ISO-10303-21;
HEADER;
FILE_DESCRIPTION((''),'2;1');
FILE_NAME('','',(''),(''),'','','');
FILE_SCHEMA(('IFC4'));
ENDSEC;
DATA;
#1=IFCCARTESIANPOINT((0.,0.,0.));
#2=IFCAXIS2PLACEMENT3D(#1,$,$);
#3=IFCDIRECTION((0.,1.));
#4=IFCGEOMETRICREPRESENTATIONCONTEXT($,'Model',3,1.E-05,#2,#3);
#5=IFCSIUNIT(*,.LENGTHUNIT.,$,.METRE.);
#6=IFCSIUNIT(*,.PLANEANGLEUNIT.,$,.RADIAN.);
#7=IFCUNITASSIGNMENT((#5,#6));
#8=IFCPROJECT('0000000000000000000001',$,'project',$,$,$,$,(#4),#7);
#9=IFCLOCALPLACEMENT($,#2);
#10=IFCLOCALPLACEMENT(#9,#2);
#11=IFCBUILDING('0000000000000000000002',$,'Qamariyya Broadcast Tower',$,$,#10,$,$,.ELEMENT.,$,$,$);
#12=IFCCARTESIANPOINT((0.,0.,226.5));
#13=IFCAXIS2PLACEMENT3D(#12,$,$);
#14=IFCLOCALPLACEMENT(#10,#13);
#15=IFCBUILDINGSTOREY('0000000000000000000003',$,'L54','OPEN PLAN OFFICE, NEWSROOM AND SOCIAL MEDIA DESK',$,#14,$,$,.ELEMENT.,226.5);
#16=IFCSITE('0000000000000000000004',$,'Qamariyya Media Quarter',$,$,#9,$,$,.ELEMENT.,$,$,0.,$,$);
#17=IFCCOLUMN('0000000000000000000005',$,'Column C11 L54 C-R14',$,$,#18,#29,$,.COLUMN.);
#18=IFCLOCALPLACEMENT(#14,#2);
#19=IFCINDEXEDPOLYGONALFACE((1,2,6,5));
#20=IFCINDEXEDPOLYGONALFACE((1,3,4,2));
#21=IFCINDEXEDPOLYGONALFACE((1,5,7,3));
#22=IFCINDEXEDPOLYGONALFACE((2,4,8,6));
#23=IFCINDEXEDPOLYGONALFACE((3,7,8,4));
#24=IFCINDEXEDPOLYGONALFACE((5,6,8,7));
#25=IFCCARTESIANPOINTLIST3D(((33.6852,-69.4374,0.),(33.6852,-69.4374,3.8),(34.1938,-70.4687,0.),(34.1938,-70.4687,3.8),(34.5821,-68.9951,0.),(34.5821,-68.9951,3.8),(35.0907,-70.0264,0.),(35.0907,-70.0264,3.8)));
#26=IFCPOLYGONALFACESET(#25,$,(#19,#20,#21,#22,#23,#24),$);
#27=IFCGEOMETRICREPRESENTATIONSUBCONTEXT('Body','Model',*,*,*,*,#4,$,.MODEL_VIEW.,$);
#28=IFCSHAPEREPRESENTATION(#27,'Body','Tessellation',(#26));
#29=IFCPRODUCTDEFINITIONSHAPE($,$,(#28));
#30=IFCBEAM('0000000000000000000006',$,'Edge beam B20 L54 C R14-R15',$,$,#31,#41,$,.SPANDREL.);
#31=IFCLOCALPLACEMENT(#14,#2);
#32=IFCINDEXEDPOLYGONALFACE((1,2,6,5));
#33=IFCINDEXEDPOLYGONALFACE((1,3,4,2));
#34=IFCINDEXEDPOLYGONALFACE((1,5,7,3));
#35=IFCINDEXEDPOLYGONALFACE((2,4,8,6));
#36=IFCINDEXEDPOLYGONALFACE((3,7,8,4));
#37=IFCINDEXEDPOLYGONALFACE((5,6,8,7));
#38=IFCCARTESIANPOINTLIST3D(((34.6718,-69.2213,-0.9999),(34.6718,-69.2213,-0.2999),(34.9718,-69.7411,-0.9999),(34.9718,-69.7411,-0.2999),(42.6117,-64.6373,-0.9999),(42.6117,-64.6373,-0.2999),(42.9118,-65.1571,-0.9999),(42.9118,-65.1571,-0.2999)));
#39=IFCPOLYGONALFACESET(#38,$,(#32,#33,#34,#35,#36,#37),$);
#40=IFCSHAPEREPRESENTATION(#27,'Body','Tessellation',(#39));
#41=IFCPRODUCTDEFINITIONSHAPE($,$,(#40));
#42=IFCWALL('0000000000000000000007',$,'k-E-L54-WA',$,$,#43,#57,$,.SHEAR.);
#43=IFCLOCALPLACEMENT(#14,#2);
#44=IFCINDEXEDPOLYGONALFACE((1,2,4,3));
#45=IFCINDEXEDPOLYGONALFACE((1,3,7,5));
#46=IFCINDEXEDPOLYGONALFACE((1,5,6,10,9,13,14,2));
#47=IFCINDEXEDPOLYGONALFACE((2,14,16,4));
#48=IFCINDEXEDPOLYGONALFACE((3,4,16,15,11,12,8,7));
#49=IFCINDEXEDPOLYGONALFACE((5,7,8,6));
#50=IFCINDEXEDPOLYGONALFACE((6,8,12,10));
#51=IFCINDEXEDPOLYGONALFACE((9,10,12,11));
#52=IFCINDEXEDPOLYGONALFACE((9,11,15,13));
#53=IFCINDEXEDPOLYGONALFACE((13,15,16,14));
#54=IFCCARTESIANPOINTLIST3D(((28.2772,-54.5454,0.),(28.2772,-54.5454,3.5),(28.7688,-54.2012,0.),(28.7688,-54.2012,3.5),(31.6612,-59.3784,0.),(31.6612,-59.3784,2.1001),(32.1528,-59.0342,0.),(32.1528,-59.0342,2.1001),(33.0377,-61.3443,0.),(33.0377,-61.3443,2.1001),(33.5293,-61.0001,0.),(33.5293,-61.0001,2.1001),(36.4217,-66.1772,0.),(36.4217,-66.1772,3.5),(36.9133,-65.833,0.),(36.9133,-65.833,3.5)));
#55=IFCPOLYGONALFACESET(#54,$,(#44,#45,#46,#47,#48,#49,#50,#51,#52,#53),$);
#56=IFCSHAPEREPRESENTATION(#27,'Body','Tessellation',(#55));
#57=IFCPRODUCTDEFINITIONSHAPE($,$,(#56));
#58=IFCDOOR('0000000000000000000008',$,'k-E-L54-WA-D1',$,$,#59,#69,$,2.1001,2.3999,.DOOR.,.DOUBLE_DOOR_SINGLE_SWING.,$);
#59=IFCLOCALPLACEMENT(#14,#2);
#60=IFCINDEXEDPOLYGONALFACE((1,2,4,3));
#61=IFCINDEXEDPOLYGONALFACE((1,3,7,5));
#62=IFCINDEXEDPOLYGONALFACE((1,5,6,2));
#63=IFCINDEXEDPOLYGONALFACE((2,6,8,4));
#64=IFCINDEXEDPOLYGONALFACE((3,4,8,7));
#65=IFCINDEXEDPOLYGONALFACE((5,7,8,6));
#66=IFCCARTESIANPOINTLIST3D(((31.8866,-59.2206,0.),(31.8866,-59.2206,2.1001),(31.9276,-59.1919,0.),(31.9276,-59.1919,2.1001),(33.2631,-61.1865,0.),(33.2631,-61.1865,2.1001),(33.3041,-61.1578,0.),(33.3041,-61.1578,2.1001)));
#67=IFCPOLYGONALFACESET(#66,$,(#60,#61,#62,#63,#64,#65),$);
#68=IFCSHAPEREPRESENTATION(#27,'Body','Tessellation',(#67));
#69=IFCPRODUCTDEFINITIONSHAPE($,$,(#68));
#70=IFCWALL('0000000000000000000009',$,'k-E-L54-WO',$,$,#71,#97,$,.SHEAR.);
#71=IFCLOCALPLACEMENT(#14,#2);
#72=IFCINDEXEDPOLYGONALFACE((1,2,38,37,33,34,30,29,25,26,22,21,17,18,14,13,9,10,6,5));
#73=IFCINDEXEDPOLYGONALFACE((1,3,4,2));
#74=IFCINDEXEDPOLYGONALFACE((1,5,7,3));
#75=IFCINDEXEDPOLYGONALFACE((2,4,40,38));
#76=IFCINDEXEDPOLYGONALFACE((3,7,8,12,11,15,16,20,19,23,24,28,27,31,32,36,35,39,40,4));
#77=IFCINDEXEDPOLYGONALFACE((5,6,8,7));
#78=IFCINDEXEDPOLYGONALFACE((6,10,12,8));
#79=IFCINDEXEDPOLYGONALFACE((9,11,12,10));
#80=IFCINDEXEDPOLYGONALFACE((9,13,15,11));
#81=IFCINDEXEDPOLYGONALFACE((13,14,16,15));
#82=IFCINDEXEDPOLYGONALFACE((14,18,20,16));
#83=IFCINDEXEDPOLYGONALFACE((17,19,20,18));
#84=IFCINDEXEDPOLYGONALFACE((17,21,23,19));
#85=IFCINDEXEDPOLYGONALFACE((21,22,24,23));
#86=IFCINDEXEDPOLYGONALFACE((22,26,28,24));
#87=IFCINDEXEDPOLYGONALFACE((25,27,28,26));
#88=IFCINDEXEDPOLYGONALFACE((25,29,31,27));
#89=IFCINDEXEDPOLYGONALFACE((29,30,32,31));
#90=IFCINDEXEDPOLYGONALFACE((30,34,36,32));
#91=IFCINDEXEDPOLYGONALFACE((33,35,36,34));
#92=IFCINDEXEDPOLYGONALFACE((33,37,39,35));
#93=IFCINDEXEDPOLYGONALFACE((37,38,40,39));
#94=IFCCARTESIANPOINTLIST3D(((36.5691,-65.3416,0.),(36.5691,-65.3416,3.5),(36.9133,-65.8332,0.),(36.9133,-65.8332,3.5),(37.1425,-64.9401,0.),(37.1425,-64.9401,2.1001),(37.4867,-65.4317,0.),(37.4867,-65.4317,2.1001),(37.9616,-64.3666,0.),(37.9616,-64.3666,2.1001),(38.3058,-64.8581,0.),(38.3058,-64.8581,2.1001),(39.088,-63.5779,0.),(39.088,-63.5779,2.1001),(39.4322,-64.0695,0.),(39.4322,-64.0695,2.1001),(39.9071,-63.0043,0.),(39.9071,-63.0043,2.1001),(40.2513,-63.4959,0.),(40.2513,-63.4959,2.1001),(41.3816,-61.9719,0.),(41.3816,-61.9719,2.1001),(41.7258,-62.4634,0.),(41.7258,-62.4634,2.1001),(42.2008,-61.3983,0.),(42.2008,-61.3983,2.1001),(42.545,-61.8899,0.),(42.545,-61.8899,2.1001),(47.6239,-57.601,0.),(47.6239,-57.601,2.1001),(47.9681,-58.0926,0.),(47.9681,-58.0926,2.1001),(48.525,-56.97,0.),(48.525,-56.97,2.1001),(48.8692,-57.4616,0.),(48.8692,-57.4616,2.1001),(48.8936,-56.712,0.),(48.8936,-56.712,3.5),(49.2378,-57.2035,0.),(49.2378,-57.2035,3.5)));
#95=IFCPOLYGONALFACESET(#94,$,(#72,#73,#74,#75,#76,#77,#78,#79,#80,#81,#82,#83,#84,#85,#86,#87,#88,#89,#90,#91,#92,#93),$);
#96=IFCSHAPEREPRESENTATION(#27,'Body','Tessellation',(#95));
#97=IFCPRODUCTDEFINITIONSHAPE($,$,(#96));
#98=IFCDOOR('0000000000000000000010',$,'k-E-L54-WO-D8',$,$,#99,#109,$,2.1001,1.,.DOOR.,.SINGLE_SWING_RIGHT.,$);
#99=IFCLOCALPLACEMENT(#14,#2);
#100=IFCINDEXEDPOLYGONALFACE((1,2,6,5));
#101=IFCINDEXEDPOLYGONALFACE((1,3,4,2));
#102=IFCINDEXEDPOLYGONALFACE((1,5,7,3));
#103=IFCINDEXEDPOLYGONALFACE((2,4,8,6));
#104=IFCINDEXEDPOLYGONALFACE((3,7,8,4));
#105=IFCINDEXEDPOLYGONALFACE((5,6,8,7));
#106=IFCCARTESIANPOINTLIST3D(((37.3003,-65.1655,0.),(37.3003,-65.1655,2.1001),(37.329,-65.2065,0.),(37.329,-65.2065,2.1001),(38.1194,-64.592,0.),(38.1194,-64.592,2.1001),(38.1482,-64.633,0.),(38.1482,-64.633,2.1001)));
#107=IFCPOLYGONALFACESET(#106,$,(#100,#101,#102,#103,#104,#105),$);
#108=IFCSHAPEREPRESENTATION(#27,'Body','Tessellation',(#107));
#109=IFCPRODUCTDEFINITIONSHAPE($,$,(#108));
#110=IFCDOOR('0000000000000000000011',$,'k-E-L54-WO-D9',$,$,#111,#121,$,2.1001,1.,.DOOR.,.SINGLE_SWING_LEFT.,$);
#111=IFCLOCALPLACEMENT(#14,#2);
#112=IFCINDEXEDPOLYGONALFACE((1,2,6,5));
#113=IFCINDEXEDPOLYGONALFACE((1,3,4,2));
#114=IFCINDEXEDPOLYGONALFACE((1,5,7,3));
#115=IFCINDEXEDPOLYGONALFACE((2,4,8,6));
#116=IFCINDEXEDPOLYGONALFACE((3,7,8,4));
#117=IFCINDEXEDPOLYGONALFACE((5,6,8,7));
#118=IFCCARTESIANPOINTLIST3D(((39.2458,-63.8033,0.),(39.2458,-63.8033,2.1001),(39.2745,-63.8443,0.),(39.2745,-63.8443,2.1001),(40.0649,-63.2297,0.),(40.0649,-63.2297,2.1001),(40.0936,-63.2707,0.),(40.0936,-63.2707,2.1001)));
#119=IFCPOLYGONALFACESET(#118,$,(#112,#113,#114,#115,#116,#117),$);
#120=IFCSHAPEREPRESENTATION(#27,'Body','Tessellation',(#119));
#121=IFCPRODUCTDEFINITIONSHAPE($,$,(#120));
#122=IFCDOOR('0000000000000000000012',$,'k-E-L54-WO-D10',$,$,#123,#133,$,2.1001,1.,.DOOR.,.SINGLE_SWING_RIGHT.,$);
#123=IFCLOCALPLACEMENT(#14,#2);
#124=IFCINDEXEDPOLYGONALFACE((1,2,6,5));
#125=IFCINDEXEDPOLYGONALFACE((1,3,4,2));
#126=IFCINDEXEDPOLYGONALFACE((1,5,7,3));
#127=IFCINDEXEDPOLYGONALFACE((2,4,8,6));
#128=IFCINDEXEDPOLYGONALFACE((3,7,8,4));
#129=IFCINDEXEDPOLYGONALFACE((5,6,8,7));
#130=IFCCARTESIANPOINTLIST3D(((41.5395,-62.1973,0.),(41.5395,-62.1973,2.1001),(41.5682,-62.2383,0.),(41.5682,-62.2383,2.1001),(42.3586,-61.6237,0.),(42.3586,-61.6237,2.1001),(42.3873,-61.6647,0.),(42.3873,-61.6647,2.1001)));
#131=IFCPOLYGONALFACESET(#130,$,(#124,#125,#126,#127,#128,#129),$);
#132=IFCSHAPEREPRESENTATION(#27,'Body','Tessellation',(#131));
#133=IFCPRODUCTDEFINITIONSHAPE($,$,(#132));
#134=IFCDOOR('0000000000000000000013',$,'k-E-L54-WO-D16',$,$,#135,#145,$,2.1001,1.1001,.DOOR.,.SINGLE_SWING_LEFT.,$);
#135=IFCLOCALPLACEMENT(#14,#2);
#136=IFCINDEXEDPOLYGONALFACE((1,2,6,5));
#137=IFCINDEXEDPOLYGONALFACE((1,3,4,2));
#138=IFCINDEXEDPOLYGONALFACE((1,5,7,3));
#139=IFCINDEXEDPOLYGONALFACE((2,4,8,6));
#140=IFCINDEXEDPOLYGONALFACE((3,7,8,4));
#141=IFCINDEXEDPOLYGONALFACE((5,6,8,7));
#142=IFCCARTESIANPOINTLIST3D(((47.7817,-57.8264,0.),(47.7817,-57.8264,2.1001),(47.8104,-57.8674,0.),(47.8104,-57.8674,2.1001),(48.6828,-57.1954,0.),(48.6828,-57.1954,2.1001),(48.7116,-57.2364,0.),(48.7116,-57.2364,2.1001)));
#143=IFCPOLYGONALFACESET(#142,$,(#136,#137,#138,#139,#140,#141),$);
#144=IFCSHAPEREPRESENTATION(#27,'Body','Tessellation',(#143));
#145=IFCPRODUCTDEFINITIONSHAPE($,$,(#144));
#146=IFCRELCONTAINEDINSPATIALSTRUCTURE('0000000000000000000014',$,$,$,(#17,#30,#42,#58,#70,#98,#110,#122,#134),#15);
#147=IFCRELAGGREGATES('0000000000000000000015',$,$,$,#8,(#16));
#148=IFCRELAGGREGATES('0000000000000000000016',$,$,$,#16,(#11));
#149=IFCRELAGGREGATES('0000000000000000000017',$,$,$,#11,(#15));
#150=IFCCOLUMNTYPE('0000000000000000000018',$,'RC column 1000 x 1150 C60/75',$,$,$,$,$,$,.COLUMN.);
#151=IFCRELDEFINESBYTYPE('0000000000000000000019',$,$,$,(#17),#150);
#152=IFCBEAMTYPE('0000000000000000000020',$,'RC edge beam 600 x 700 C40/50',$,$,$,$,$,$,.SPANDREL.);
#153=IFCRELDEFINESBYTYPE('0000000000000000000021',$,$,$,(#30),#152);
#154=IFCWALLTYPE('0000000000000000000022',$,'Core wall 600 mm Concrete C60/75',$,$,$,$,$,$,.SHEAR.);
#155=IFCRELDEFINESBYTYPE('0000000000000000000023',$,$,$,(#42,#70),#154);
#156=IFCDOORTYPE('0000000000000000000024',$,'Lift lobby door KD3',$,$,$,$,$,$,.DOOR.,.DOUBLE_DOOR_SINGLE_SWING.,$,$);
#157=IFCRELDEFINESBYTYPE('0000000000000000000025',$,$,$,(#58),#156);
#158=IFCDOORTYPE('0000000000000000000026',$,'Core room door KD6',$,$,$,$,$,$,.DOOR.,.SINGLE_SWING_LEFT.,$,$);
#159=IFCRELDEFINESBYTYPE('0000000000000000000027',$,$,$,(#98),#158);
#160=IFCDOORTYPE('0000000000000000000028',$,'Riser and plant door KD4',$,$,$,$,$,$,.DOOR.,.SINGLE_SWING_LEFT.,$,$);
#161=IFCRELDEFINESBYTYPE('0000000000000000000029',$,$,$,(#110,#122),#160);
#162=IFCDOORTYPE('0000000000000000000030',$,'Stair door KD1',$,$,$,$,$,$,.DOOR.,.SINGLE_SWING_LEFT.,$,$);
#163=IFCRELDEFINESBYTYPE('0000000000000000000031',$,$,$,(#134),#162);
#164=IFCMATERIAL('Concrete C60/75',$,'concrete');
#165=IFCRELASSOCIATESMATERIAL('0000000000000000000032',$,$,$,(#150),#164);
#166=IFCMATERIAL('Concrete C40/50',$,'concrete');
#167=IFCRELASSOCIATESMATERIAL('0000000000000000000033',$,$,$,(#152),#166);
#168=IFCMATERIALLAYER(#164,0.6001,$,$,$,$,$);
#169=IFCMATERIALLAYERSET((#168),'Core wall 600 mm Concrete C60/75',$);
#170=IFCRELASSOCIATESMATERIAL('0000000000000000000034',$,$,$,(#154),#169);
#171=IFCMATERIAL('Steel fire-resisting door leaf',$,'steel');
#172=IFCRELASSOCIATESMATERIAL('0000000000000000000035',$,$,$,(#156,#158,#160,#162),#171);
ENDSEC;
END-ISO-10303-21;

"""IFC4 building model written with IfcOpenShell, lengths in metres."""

from ifc_helpers import new_model, si_unit, direction, frame, frame_2d, origin, origin_2d, place, context, subcontext, project, spatial, rectangle, extrude, material, layer, layer_set, material_profile, profile_set, type_object, element, fill, save


model = new_model("IFC4")

# Units and contexts
model_context = context("Model", 3, precision=1e-05, world=origin(), true_north=direction((0.0, 1.0)))
body_context = subcontext(model_context, "Body", "Model", "MODEL_VIEW")
ifc_project = project(units=[si_unit("LENGTHUNIT", "METRE"), si_unit("PLANEANGLEUNIT", "RADIAN")], contexts=[model_context])

# Site, building, storey
site_placement = place(None, origin())
site = spatial("IfcSite", under=ifc_project, at=site_placement, Name="Qamariyya Media Quarter", CompositionType="ELEMENT", RefElevation=0.0)
building_placement = place(site_placement, origin())
building = spatial("IfcBuilding", under=site, at=building_placement, Name="Qamariyya Broadcast Tower", CompositionType="ELEMENT")
storey_placement = place(building_placement, frame((0.0, 0.0, 226.5)))
storey = spatial("IfcBuildingStorey", under=building, at=storey_placement, Name="L54", Description="OPEN PLAN OFFICE, NEWSROOM AND SOCIAL MEDIA DESK", CompositionType="ELEMENT", Elevation=226.5)

# Column
ifc_material_1 = material(Name="Concrete C60/75", Category="concrete")
ifc_material_profile_1 = material_profile(ifc_material_1, rectangle(XDim=1.0, YDim=1.1499, at=origin_2d()))
ifc_profile_set_1 = profile_set([ifc_material_profile_1], Name="Concrete C60/75")
column_type = type_object("IfcColumnType", Name="RC column 1000 x 1150 C60/75", PredefinedType="COLUMN", material=ifc_profile_set_1)
column_placement = place(storey_placement, frame((34.3879, -69.7319, 0.0), z_axis=(0.0, 0.0, 1.0), x_axis=(0.896873, 0.442289, 0.0)))
element("IfcColumn", 1, at=column_placement, inside=storey, type_object=column_type, Name="Column C11 L54 C-R14", PredefinedType="COLUMN", context=body_context, shape_type="SweptSolid", body=[
    extrude(rectangle(XDim=1.0, YDim=1.1499, at=origin_2d()), origin(), (0.0, 0.0, 1.0), 3.8),
])

# Beam
ifc_material_2 = material(Name="Concrete C40/50", Category="concrete")
ifc_material_profile_2 = material_profile(ifc_material_2, rectangle(XDim=0.6001, YDim=0.7, at=origin_2d()))
ifc_profile_set_2 = profile_set([ifc_material_profile_2], Name="Concrete C40/50")
beam_type = type_object("IfcBeamType", Name="RC edge beam 600 x 700 C40/50", PredefinedType="SPANDREL", material=ifc_profile_set_2)
beam_placement = place(storey_placement, frame((34.8218, -69.4812, -0.6499), z_axis=(0.866032, 0.499988, 0.0), x_axis=(-0.499988, 0.866032, 0.0)))
element("IfcBeam", 2, at=beam_placement, inside=storey, type_object=beam_type, Name="Edge beam B20 L54 C R14-R15", PredefinedType="SPANDREL", context=body_context, shape_type="SweptSolid", body=[
    extrude(rectangle(XDim=0.6001, YDim=0.7, at=origin_2d()), origin(), (0.0, 0.0, 1.0), 9.1682),
])

# Wall, opening, door
ifc_layer_1 = layer(ifc_material_1, 0.6001)
ifc_layer_set_1 = layer_set([ifc_layer_1], Name="Core wall 600 mm Concrete C60/75")
wall_type_1 = type_object("IfcWallType", Name="Core wall 600 mm Concrete C60/75", PredefinedType="SHEAR", material=ifc_layer_set_1)
wall_1_placement = place(storey_placement, frame((36.6675, -66.0051, 0.0), z_axis=(0.0, 0.0, 1.0), x_axis=(-0.573568, 0.819158, 0.0)))
wall_1 = element("IfcWall", 3, at=wall_1_placement, inside=storey, type_object=wall_type_1, Name="k-E-L54-WA", PredefinedType="SHEAR", context=body_context, shape_type="SweptSolid", body=[
    extrude(rectangle(XDim=14.1997, YDim=0.6001, at=frame_2d((7.0999, 0.0))), origin(), (0.0, 0.0, 1.0), 3.5),
])
opening_1_placement = place(wall_1_placement, frame((5.8999, 0.0, 0.0)))
opening_1 = element("IfcOpeningElement", 4, at=opening_1_placement, cuts=wall_1, PredefinedType="OPENING", context=body_context, shape_type="SweptSolid", body=[
    extrude(rectangle(XDim=2.3999, YDim=2.1001, at=frame_2d((1.2, 1.05))), frame((0.0, 0.3101, 0.0), z_axis=(0.0, -1.0, 0.0), x_axis=(1.0, 0.0, 0.0)), (0.0, 0.0, 1.0), 0.6201),
])
ifc_material_3 = material(Name="Steel fire-resisting door leaf", Category="steel")
door_type_1 = type_object("IfcDoorType", Name="Lift lobby door KD3", OperationType="DOUBLE_DOOR_SINGLE_SWING", PredefinedType="DOOR", material=ifc_material_3)
door_1_placement = place(opening_1_placement, origin())
door_1 = element("IfcDoor", 5, at=door_1_placement, inside=storey, type_object=door_type_1, Name="k-E-L54-WA-D1", OperationType="DOUBLE_DOOR_SINGLE_SWING", OverallHeight=2.1001, OverallWidth=2.3999, PredefinedType="DOOR", context=body_context, shape_type="SweptSolid", body=[
    extrude(rectangle(XDim=2.3999, YDim=2.1001, at=frame_2d((1.2, 1.05))), frame((0.0, 0.0249, 0.0), z_axis=(0.0, -1.0, 0.0), x_axis=(1.0, 0.0, 0.0)), (0.0, 0.0, 1.0), 0.05),
])
fill(opening_1, door_1)

# Wall, openings, doors
wall_2_placement = place(storey_placement, frame((36.7412, -65.5874, 0.0), z_axis=(0.0, 0.0, 1.0), x_axis=(0.819153, 0.573575, 0.0)))
wall_2 = element("IfcWall", 6, at=wall_2_placement, inside=storey, type_object=wall_type_1, Name="k-E-L54-WO", PredefinedType="SHEAR", context=body_context, shape_type="SweptSolid", body=[
    extrude(rectangle(XDim=15.0454, YDim=0.6001, at=frame_2d((7.5227, 0.0))), origin(), (0.0, 0.0, 1.0), 3.5),
])
opening_2_placement = place(wall_2_placement, frame((0.7, 0.0, 0.0)))
opening_2 = element("IfcOpeningElement", 7, at=opening_2_placement, cuts=wall_2, PredefinedType="OPENING", context=body_context, shape_type="SweptSolid", body=[
    extrude(rectangle(XDim=1.0, YDim=2.1001, at=frame_2d((0.5, 1.05))), frame((0.0, 0.3101, 0.0), z_axis=(0.0, -1.0, 0.0), x_axis=(1.0, 0.0, 0.0)), (0.0, 0.0, 1.0), 0.6201),
])
opening_3_placement = place(wall_2_placement, frame((3.075, 0.0, 0.0)))
opening_3 = element("IfcOpeningElement", 8, at=opening_3_placement, cuts=wall_2, PredefinedType="OPENING", context=body_context, shape_type="SweptSolid", body=[
    extrude(rectangle(XDim=1.0, YDim=2.1001, at=frame_2d((0.5, 1.05))), frame((0.0, 0.3101, 0.0), z_axis=(0.0, -1.0, 0.0), x_axis=(1.0, 0.0, 0.0)), (0.0, 0.0, 1.0), 0.6201),
])
opening_4_placement = place(wall_2_placement, frame((5.875, 0.0, 0.0)))
opening_4 = element("IfcOpeningElement", 9, at=opening_4_placement, cuts=wall_2, PredefinedType="OPENING", context=body_context, shape_type="SweptSolid", body=[
    extrude(rectangle(XDim=1.0, YDim=2.1001, at=frame_2d((0.5, 1.05))), frame((0.0, 0.3101, 0.0), z_axis=(0.0, -1.0, 0.0), x_axis=(1.0, 0.0, 0.0)), (0.0, 0.0, 1.0), 0.6201),
])
opening_5_placement = place(wall_2_placement, frame((13.4954, 0.0, 0.0)))
opening_5 = element("IfcOpeningElement", 10, at=opening_5_placement, cuts=wall_2, PredefinedType="OPENING", context=body_context, shape_type="SweptSolid", body=[
    extrude(rectangle(XDim=1.1001, YDim=2.1001, at=frame_2d((0.55, 1.05))), frame((0.0, 0.3101, 0.0), z_axis=(0.0, -1.0, 0.0), x_axis=(1.0, 0.0, 0.0)), (0.0, 0.0, 1.0), 0.6201),
])
door_type_2 = type_object("IfcDoorType", Name="Core room door KD6", OperationType="SINGLE_SWING_LEFT", PredefinedType="DOOR", material=ifc_material_3)
door_2_placement = place(opening_2_placement, origin())
door_2 = element("IfcDoor", 11, at=door_2_placement, inside=storey, type_object=door_type_2, Name="k-E-L54-WO-D8", OperationType="SINGLE_SWING_RIGHT", OverallHeight=2.1001, OverallWidth=1.0, PredefinedType="DOOR", context=body_context, shape_type="SweptSolid", body=[
    extrude(rectangle(XDim=1.0, YDim=2.1001, at=frame_2d((0.5, 1.05))), frame((0.0, 0.0249, 0.0), z_axis=(0.0, -1.0, 0.0), x_axis=(1.0, 0.0, 0.0)), (0.0, 0.0, 1.0), 0.05),
])
fill(opening_2, door_2)
door_type_3 = type_object("IfcDoorType", Name="Riser and plant door KD4", OperationType="SINGLE_SWING_LEFT", PredefinedType="DOOR", material=ifc_material_3)
door_3_placement = place(opening_3_placement, origin())
door_3 = element("IfcDoor", 12, at=door_3_placement, inside=storey, type_object=door_type_3, Name="k-E-L54-WO-D9", OperationType="SINGLE_SWING_LEFT", OverallHeight=2.1001, OverallWidth=1.0, PredefinedType="DOOR", context=body_context, shape_type="SweptSolid", body=[
    extrude(rectangle(XDim=1.0, YDim=2.1001, at=frame_2d((0.5, 1.05))), frame((0.0, 0.0249, 0.0), z_axis=(0.0, -1.0, 0.0), x_axis=(1.0, 0.0, 0.0)), (0.0, 0.0, 1.0), 0.05),
])
fill(opening_3, door_3)
door_4_placement = place(opening_4_placement, origin())
door_4 = element("IfcDoor", 13, at=door_4_placement, inside=storey, type_object=door_type_3, Name="k-E-L54-WO-D10", OperationType="SINGLE_SWING_RIGHT", OverallHeight=2.1001, OverallWidth=1.0, PredefinedType="DOOR", context=body_context, shape_type="SweptSolid", body=[
    extrude(rectangle(XDim=1.0, YDim=2.1001, at=frame_2d((0.5, 1.05))), frame((0.0, 0.0249, 0.0), z_axis=(0.0, -1.0, 0.0), x_axis=(1.0, 0.0, 0.0)), (0.0, 0.0, 1.0), 0.05),
])
fill(opening_4, door_4)
door_type_4 = type_object("IfcDoorType", Name="Stair door KD1", OperationType="SINGLE_SWING_LEFT", PredefinedType="DOOR", material=ifc_material_3)
door_5_placement = place(opening_5_placement, origin())
door_5 = element("IfcDoor", 14, at=door_5_placement, inside=storey, type_object=door_type_4, Name="k-E-L54-WO-D16", OperationType="SINGLE_SWING_LEFT", OverallHeight=2.1001, OverallWidth=1.1001, PredefinedType="DOOR", context=body_context, shape_type="SweptSolid", body=[
    extrude(rectangle(XDim=1.1001, YDim=2.1001, at=frame_2d((0.55, 1.05))), frame((0.0, 0.0249, 0.0), z_axis=(0.0, -1.0, 0.0), x_axis=(1.0, 0.0, 0.0)), (0.0, 0.0, 1.0), 0.05),
])
fill(opening_5, door_5)

save(model, "model.ifc")
